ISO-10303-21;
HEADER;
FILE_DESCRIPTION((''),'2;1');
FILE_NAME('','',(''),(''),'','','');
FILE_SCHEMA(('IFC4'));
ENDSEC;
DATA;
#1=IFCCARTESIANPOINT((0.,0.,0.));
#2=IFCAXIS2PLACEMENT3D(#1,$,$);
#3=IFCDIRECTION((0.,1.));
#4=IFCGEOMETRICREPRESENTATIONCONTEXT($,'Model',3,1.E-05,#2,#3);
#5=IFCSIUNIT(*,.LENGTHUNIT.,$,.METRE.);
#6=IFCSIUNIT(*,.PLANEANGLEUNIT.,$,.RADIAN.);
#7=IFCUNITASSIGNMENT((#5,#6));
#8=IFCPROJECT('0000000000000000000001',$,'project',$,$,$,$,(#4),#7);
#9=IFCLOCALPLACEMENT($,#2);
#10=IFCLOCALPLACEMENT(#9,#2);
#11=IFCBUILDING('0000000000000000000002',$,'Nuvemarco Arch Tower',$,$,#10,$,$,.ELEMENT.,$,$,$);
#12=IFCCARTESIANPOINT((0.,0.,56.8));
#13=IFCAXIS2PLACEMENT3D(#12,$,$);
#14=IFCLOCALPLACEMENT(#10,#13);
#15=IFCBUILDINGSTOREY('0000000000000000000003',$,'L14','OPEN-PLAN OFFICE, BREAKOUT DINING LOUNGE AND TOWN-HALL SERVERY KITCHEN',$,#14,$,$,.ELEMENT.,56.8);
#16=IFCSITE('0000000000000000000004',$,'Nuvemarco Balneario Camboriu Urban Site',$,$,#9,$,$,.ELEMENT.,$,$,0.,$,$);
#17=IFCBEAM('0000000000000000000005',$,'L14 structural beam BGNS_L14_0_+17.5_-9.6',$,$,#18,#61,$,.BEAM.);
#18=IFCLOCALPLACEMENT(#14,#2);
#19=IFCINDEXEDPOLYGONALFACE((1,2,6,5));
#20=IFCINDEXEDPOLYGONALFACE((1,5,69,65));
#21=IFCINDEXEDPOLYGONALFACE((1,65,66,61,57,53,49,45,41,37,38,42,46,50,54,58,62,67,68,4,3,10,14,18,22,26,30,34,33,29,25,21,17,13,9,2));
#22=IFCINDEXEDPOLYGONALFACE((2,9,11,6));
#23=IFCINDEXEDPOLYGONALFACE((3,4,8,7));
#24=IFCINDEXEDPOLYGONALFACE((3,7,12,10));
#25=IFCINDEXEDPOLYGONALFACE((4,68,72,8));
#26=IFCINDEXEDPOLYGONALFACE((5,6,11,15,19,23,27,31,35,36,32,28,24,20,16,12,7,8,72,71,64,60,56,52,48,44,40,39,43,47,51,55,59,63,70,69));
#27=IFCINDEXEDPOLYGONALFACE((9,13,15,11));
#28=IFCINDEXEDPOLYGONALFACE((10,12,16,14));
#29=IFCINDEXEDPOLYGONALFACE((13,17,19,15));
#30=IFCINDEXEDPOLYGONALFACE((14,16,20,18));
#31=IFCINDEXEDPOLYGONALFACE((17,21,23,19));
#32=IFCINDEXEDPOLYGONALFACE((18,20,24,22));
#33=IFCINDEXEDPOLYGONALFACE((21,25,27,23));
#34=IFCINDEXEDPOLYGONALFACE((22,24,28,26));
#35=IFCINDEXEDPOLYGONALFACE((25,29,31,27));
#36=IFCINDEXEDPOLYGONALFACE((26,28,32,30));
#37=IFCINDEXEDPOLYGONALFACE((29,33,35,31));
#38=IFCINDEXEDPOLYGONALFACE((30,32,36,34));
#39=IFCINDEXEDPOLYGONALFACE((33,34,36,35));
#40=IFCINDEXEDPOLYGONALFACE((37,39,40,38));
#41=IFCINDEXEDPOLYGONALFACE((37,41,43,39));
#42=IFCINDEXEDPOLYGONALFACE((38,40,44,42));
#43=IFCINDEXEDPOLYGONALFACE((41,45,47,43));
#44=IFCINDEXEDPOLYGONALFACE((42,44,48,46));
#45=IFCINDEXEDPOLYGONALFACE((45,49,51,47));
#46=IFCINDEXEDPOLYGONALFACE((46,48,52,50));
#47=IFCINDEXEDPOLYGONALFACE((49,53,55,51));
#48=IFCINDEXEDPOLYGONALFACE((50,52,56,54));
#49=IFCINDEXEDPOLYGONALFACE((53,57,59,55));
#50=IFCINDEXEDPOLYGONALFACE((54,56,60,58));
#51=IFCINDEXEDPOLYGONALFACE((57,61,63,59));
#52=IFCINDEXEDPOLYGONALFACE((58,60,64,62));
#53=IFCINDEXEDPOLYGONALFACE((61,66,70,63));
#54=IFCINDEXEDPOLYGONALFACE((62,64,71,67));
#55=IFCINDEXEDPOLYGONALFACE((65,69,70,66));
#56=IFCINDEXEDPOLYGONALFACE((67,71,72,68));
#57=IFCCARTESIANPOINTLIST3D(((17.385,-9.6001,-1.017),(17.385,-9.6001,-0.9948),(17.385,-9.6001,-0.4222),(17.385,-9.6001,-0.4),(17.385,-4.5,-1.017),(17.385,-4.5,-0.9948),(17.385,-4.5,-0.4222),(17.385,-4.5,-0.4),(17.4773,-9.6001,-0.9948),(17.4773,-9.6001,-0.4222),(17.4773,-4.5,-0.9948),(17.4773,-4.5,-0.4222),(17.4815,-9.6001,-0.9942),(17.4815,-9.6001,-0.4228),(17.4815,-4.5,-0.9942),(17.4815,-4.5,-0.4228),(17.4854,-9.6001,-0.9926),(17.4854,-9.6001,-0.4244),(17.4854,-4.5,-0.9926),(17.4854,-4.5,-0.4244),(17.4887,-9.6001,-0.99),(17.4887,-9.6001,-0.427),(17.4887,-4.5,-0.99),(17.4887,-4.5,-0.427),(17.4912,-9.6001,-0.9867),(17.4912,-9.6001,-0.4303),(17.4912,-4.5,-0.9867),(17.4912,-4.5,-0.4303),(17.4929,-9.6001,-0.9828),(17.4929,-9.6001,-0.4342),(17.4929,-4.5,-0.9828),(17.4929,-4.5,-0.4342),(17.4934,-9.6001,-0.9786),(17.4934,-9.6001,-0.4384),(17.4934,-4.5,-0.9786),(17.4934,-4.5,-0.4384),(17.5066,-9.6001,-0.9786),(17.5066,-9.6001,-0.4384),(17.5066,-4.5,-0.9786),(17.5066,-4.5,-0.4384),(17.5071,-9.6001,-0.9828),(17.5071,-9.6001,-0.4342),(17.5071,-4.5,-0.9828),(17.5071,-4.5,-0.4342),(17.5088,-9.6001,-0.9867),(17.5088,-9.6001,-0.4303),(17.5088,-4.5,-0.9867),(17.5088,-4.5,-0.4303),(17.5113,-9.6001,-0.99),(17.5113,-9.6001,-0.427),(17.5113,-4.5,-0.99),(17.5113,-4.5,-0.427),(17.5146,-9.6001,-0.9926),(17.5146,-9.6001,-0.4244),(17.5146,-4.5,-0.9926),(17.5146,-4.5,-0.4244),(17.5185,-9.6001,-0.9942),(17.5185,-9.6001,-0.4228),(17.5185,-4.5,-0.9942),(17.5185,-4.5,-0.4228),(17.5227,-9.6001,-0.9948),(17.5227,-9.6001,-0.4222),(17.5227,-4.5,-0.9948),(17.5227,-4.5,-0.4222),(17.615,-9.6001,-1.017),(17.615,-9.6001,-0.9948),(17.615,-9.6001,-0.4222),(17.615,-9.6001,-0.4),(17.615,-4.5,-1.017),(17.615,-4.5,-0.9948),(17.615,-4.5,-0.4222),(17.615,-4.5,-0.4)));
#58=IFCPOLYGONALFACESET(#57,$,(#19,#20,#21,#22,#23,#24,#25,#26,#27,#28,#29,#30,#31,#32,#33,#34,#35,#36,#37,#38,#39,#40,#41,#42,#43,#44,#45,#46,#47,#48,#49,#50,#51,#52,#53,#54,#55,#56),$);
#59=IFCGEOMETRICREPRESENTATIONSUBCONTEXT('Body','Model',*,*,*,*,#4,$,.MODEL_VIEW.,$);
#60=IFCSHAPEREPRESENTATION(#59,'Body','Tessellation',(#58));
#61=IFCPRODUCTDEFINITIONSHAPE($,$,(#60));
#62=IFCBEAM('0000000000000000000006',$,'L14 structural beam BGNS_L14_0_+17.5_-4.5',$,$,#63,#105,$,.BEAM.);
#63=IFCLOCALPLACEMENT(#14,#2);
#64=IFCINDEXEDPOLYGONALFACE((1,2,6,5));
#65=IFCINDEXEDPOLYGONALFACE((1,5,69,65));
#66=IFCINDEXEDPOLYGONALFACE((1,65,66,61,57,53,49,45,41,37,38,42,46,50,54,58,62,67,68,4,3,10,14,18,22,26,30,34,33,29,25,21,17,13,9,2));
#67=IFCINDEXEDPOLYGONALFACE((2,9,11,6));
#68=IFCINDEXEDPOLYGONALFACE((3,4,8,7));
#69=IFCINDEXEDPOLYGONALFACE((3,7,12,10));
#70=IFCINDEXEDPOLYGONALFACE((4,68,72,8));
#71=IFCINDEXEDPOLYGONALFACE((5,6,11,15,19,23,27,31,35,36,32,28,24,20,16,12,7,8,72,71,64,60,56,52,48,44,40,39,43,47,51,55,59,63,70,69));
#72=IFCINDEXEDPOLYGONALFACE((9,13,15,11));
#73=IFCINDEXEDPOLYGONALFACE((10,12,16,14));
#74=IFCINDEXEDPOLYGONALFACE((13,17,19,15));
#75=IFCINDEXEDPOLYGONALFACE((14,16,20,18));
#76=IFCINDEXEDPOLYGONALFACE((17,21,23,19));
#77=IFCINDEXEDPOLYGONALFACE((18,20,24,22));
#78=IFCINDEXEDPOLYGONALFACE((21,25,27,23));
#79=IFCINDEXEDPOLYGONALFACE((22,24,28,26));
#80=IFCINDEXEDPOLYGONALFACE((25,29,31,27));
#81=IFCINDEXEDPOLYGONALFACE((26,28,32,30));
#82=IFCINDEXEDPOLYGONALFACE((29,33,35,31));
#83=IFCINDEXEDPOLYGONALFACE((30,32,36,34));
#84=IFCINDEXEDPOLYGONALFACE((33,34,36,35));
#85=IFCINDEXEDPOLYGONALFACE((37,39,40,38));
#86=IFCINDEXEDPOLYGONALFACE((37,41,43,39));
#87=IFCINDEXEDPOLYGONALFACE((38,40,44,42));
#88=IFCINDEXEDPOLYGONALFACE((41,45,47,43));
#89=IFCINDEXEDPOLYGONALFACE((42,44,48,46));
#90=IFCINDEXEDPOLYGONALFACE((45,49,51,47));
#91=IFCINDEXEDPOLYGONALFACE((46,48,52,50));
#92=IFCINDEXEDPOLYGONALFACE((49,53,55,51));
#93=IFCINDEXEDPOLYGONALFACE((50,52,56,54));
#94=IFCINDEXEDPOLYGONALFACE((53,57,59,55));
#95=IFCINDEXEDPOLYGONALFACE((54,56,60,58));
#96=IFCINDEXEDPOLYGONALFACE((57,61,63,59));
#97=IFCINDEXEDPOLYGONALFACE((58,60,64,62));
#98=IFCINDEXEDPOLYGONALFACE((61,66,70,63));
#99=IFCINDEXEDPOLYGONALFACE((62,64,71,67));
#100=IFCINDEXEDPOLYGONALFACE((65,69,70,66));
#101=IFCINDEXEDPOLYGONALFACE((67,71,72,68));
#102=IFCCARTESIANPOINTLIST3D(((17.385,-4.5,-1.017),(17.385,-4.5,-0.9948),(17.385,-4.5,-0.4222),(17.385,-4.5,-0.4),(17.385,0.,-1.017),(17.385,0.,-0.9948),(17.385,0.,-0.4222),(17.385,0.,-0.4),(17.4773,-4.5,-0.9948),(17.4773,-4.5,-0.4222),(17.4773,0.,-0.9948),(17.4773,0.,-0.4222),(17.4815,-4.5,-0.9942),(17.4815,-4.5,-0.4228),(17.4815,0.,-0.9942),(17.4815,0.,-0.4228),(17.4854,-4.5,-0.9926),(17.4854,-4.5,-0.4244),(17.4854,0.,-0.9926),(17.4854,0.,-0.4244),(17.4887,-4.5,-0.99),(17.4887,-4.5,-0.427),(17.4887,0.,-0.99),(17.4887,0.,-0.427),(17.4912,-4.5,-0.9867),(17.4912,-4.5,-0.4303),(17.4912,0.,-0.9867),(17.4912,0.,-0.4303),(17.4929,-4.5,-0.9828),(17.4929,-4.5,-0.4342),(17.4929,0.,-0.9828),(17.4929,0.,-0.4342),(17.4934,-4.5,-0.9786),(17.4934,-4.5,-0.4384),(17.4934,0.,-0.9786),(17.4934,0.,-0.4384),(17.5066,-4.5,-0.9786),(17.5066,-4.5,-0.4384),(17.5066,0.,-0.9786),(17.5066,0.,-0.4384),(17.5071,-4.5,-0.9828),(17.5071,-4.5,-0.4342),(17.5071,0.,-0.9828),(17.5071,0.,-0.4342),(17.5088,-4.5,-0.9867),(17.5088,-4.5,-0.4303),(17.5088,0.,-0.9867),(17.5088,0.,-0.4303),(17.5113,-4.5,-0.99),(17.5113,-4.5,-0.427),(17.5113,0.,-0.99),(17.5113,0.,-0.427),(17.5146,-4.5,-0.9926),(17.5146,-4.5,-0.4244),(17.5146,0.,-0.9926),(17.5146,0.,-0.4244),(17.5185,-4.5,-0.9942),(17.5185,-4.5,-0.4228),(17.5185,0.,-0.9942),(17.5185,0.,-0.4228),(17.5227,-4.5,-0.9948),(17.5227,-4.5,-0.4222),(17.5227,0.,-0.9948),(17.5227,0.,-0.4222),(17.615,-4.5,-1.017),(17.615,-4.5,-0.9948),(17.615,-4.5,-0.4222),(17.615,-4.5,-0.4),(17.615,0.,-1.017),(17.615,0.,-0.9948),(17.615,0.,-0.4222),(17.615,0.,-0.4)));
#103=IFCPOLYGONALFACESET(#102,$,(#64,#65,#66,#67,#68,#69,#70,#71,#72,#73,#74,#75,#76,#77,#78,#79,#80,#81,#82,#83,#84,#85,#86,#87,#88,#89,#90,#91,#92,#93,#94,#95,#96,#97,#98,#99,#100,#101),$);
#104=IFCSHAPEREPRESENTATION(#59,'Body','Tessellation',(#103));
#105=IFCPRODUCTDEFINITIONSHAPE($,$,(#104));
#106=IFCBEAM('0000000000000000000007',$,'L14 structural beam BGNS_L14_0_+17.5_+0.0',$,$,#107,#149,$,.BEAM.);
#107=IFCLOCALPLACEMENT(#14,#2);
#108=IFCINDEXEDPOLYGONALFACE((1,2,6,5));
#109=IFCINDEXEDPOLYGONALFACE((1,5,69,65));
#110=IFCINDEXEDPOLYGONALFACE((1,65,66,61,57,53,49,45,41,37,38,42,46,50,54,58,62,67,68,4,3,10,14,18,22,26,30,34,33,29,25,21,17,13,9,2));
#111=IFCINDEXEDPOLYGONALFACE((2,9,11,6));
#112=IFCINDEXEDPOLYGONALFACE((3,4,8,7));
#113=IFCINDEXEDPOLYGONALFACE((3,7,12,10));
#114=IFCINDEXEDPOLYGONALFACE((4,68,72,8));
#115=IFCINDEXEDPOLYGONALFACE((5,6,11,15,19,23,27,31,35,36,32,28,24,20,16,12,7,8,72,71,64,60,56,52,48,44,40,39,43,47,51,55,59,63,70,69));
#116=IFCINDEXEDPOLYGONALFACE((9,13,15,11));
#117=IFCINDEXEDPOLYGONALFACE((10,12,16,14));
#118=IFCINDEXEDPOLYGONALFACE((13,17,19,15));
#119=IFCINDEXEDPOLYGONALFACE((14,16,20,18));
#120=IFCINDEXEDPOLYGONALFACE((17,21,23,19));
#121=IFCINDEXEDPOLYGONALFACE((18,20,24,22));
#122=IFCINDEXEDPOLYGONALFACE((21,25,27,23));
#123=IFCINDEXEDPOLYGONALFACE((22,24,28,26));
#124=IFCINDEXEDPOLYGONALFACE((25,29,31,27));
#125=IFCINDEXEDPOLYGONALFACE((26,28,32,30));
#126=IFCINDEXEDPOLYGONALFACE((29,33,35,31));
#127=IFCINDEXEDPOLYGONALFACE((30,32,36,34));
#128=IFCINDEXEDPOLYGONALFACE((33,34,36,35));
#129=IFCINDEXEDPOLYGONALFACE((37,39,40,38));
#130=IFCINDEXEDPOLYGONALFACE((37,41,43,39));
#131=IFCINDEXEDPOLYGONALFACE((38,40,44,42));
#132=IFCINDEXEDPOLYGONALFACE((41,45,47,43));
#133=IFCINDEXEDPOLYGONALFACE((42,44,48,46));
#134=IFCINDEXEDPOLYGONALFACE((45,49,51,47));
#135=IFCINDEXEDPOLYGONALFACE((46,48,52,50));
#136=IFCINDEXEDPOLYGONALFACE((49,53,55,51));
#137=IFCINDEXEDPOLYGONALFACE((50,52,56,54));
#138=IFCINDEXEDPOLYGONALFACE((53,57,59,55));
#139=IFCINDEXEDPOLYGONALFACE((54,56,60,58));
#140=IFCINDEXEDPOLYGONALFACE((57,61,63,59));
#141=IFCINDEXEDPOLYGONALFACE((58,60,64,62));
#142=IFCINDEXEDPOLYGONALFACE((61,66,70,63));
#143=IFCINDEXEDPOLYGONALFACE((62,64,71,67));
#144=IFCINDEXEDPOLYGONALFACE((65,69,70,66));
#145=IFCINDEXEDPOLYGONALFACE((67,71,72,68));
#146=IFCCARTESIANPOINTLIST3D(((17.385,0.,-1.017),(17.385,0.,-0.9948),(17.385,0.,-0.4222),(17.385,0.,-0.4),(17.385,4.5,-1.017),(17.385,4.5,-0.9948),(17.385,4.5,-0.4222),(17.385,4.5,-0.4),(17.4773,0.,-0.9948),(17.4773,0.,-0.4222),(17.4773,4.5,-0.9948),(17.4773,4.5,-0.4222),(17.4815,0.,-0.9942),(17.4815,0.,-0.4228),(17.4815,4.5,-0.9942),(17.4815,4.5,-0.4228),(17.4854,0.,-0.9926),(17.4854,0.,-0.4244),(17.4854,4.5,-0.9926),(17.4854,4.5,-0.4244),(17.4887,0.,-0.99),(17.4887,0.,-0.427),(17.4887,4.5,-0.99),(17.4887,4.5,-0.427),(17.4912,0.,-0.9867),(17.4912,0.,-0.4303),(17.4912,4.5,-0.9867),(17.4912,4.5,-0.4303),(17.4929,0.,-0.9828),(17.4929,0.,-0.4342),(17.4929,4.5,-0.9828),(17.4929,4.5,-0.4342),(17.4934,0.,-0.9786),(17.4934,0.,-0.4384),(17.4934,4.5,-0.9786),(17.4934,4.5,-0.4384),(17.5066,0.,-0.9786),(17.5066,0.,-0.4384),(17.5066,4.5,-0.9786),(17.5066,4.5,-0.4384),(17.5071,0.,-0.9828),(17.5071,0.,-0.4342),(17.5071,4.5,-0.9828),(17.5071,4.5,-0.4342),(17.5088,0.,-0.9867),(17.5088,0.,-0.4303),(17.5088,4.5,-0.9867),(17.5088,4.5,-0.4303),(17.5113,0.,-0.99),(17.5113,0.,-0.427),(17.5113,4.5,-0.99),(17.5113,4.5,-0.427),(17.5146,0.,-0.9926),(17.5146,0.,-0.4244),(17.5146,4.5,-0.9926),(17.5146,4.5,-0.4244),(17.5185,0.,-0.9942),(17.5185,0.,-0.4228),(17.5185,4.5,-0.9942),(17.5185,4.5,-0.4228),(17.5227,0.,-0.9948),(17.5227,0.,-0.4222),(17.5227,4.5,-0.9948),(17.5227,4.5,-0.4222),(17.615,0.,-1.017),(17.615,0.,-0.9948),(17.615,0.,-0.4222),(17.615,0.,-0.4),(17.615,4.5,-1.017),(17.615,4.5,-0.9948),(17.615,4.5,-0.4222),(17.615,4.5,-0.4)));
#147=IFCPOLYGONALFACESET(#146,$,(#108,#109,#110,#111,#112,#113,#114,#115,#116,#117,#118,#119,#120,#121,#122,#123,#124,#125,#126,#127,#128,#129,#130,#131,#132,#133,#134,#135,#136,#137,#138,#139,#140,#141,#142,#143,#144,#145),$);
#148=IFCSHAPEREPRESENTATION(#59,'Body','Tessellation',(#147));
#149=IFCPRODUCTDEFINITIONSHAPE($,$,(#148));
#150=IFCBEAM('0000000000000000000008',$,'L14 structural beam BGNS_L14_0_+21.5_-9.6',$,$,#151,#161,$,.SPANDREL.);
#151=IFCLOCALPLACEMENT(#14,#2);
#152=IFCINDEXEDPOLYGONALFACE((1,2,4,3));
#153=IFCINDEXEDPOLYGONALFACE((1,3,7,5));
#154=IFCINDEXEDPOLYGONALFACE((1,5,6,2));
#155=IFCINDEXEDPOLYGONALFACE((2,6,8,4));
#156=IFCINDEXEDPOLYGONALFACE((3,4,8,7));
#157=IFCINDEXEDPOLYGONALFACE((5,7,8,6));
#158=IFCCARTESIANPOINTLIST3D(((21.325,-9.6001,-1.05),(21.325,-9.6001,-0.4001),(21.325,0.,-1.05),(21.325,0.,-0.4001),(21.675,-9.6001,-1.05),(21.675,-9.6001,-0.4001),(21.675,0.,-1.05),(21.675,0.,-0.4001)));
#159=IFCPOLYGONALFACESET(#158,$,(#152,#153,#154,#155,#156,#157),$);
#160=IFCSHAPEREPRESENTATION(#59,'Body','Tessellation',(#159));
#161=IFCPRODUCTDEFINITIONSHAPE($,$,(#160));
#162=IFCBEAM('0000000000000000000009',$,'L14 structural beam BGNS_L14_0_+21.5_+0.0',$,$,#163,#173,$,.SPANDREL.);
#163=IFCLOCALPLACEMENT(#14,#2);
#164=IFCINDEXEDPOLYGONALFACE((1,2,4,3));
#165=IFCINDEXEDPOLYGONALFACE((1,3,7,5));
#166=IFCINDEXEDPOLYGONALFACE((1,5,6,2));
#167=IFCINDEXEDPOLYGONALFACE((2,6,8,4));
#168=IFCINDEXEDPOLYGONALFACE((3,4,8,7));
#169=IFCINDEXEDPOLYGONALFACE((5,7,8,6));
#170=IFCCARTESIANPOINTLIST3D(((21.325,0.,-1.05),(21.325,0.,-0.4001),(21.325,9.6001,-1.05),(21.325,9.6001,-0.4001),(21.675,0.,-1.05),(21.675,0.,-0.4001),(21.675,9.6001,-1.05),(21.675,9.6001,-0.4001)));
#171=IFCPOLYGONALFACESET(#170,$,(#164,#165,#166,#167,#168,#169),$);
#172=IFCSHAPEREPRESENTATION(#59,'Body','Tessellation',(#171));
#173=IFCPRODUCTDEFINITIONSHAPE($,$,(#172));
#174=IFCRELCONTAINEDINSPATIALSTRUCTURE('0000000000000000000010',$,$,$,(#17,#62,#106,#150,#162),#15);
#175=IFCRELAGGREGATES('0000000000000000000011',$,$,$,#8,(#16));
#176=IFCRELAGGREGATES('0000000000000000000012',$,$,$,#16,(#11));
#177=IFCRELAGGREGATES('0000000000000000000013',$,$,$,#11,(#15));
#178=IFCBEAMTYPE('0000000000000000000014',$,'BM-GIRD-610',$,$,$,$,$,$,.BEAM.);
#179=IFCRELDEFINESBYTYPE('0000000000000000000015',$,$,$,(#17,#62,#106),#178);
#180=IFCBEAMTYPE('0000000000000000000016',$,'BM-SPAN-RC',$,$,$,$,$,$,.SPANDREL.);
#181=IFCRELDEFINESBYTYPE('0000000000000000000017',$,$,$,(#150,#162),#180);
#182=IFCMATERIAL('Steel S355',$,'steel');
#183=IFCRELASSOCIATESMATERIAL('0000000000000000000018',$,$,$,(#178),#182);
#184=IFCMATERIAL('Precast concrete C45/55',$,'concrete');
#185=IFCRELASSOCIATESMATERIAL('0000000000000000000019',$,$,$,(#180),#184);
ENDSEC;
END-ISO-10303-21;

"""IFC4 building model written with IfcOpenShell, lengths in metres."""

from ifc_helpers import new_model, si_unit, direction, frame, origin, origin_2d, place, context, subcontext, project, spatial, rectangle, i_section, extrude, material, material_profile, profile_set, type_object, element, save


model = new_model("IFC4")

# Units and contexts
model_context = context("Model", 3, precision=1e-05, world=origin(), true_north=direction((0.0, 1.0)))
body_context = subcontext(model_context, "Body", "Model", "MODEL_VIEW")
ifc_project = project(units=[si_unit("LENGTHUNIT", "METRE"), si_unit("PLANEANGLEUNIT", "RADIAN")], contexts=[model_context])

# Site, building, storey
site_placement = place(None, origin())
site = spatial("IfcSite", under=ifc_project, at=site_placement, Name="Nuvemarco Balneario Camboriu Urban Site", CompositionType="ELEMENT", RefElevation=0.0)
building_placement = place(site_placement, origin())
building = spatial("IfcBuilding", under=site, at=building_placement, Name="Nuvemarco Arch Tower", CompositionType="ELEMENT")
storey_placement = place(building_placement, frame((0.0, 0.0, 56.8)))
storey = spatial("IfcBuildingStorey", under=building, at=storey_placement, Name="L14", Description="OPEN-PLAN OFFICE, BREAKOUT DINING LOUNGE AND TOWN-HALL SERVERY KITCHEN", CompositionType="ELEMENT", Elevation=56.8)

# Beams
ifc_material_1 = material(Name="Steel S355", Category="steel")
ifc_material_profile_1 = material_profile(ifc_material_1, i_section(OverallWidth=0.23, OverallDepth=0.6169, WebThickness=0.0132, FlangeThickness=0.0222, FilletRadius=0.0161, at=origin_2d()), Name="W610x140")
ifc_profile_set_1 = profile_set([ifc_material_profile_1], Name="Steel S355")
beam_type_1 = type_object("IfcBeamType", Name="BM-GIRD-610", PredefinedType="BEAM", material=ifc_profile_set_1)
beam_1_placement = place(storey_placement, frame((17.5, -9.6001, -0.7085), z_axis=(0.0, 1.0, 0.0), x_axis=(-1.0, 0.0, 0.0)))
element("IfcBeam", 1, at=beam_1_placement, inside=storey, type_object=beam_type_1, Name="L14 structural beam BGNS_L14_0_+17.5_-9.6", PredefinedType="BEAM", context=body_context, shape_type="SweptSolid", body=[
    extrude(i_section(OverallWidth=0.23, OverallDepth=0.6169, WebThickness=0.0132, FlangeThickness=0.0222, FilletRadius=0.0161, at=origin_2d()), origin(), (0.0, 0.0, 1.0), 5.1001),
])
for number, where, z_axis, x_axis, name in (
    (2, (17.5, -4.5, -0.7085), (0.0, 1.0, 0.0), (-1.0, 0.0, 0.0), "L14 structural beam BGNS_L14_0_+17.5_-4.5"),
    (3, (17.5, 0.0, -0.7085), (0.0, 1.0, 0.0), (-1.0, 0.0, 0.0), "L14 structural beam BGNS_L14_0_+17.5_+0.0"),
):
    element("IfcBeam", number, at=place(storey_placement, frame(where, z_axis=z_axis, x_axis=x_axis)), inside=storey, type_object=beam_type_1, Name=name, PredefinedType="BEAM", context=body_context, shape_type="SweptSolid", body=[
        extrude(i_section(OverallWidth=0.23, OverallDepth=0.6169, WebThickness=0.0132, FlangeThickness=0.0222, FilletRadius=0.0161, at=origin_2d()), origin(), (0.0, 0.0, 1.0), 4.5),
    ])
ifc_material_2 = material(Name="Precast concrete C45/55", Category="concrete")
ifc_material_profile_2 = material_profile(ifc_material_2, rectangle(XDim=0.3501, YDim=0.6499, at=origin_2d()), Name="PC-SP-350x650")
ifc_profile_set_2 = profile_set([ifc_material_profile_2], Name="Precast concrete C45/55")
beam_type_2 = type_object("IfcBeamType", Name="BM-SPAN-RC", PredefinedType="SPANDREL", material=ifc_profile_set_2)
for number, where, z_axis, x_axis, name in (
    (4, (21.5, -9.6001, -0.7251), (0.0, 1.0, 0.0), (-1.0, 0.0, 0.0), "L14 structural beam BGNS_L14_0_+21.5_-9.6"),
    (5, (21.5, 0.0, -0.7251), (0.0, 1.0, 0.0), (-1.0, 0.0, 0.0), "L14 structural beam BGNS_L14_0_+21.5_+0.0"),
):
    element("IfcBeam", number, at=place(storey_placement, frame(where, z_axis=z_axis, x_axis=x_axis)), inside=storey, type_object=beam_type_2, Name=name, PredefinedType="SPANDREL", context=body_context, shape_type="SweptSolid", body=[
        extrude(rectangle(XDim=0.3501, YDim=0.6499, at=origin_2d()), origin(), (0.0, 0.0, 1.0), 9.6001),
    ])

save(model, "model.ifc")
